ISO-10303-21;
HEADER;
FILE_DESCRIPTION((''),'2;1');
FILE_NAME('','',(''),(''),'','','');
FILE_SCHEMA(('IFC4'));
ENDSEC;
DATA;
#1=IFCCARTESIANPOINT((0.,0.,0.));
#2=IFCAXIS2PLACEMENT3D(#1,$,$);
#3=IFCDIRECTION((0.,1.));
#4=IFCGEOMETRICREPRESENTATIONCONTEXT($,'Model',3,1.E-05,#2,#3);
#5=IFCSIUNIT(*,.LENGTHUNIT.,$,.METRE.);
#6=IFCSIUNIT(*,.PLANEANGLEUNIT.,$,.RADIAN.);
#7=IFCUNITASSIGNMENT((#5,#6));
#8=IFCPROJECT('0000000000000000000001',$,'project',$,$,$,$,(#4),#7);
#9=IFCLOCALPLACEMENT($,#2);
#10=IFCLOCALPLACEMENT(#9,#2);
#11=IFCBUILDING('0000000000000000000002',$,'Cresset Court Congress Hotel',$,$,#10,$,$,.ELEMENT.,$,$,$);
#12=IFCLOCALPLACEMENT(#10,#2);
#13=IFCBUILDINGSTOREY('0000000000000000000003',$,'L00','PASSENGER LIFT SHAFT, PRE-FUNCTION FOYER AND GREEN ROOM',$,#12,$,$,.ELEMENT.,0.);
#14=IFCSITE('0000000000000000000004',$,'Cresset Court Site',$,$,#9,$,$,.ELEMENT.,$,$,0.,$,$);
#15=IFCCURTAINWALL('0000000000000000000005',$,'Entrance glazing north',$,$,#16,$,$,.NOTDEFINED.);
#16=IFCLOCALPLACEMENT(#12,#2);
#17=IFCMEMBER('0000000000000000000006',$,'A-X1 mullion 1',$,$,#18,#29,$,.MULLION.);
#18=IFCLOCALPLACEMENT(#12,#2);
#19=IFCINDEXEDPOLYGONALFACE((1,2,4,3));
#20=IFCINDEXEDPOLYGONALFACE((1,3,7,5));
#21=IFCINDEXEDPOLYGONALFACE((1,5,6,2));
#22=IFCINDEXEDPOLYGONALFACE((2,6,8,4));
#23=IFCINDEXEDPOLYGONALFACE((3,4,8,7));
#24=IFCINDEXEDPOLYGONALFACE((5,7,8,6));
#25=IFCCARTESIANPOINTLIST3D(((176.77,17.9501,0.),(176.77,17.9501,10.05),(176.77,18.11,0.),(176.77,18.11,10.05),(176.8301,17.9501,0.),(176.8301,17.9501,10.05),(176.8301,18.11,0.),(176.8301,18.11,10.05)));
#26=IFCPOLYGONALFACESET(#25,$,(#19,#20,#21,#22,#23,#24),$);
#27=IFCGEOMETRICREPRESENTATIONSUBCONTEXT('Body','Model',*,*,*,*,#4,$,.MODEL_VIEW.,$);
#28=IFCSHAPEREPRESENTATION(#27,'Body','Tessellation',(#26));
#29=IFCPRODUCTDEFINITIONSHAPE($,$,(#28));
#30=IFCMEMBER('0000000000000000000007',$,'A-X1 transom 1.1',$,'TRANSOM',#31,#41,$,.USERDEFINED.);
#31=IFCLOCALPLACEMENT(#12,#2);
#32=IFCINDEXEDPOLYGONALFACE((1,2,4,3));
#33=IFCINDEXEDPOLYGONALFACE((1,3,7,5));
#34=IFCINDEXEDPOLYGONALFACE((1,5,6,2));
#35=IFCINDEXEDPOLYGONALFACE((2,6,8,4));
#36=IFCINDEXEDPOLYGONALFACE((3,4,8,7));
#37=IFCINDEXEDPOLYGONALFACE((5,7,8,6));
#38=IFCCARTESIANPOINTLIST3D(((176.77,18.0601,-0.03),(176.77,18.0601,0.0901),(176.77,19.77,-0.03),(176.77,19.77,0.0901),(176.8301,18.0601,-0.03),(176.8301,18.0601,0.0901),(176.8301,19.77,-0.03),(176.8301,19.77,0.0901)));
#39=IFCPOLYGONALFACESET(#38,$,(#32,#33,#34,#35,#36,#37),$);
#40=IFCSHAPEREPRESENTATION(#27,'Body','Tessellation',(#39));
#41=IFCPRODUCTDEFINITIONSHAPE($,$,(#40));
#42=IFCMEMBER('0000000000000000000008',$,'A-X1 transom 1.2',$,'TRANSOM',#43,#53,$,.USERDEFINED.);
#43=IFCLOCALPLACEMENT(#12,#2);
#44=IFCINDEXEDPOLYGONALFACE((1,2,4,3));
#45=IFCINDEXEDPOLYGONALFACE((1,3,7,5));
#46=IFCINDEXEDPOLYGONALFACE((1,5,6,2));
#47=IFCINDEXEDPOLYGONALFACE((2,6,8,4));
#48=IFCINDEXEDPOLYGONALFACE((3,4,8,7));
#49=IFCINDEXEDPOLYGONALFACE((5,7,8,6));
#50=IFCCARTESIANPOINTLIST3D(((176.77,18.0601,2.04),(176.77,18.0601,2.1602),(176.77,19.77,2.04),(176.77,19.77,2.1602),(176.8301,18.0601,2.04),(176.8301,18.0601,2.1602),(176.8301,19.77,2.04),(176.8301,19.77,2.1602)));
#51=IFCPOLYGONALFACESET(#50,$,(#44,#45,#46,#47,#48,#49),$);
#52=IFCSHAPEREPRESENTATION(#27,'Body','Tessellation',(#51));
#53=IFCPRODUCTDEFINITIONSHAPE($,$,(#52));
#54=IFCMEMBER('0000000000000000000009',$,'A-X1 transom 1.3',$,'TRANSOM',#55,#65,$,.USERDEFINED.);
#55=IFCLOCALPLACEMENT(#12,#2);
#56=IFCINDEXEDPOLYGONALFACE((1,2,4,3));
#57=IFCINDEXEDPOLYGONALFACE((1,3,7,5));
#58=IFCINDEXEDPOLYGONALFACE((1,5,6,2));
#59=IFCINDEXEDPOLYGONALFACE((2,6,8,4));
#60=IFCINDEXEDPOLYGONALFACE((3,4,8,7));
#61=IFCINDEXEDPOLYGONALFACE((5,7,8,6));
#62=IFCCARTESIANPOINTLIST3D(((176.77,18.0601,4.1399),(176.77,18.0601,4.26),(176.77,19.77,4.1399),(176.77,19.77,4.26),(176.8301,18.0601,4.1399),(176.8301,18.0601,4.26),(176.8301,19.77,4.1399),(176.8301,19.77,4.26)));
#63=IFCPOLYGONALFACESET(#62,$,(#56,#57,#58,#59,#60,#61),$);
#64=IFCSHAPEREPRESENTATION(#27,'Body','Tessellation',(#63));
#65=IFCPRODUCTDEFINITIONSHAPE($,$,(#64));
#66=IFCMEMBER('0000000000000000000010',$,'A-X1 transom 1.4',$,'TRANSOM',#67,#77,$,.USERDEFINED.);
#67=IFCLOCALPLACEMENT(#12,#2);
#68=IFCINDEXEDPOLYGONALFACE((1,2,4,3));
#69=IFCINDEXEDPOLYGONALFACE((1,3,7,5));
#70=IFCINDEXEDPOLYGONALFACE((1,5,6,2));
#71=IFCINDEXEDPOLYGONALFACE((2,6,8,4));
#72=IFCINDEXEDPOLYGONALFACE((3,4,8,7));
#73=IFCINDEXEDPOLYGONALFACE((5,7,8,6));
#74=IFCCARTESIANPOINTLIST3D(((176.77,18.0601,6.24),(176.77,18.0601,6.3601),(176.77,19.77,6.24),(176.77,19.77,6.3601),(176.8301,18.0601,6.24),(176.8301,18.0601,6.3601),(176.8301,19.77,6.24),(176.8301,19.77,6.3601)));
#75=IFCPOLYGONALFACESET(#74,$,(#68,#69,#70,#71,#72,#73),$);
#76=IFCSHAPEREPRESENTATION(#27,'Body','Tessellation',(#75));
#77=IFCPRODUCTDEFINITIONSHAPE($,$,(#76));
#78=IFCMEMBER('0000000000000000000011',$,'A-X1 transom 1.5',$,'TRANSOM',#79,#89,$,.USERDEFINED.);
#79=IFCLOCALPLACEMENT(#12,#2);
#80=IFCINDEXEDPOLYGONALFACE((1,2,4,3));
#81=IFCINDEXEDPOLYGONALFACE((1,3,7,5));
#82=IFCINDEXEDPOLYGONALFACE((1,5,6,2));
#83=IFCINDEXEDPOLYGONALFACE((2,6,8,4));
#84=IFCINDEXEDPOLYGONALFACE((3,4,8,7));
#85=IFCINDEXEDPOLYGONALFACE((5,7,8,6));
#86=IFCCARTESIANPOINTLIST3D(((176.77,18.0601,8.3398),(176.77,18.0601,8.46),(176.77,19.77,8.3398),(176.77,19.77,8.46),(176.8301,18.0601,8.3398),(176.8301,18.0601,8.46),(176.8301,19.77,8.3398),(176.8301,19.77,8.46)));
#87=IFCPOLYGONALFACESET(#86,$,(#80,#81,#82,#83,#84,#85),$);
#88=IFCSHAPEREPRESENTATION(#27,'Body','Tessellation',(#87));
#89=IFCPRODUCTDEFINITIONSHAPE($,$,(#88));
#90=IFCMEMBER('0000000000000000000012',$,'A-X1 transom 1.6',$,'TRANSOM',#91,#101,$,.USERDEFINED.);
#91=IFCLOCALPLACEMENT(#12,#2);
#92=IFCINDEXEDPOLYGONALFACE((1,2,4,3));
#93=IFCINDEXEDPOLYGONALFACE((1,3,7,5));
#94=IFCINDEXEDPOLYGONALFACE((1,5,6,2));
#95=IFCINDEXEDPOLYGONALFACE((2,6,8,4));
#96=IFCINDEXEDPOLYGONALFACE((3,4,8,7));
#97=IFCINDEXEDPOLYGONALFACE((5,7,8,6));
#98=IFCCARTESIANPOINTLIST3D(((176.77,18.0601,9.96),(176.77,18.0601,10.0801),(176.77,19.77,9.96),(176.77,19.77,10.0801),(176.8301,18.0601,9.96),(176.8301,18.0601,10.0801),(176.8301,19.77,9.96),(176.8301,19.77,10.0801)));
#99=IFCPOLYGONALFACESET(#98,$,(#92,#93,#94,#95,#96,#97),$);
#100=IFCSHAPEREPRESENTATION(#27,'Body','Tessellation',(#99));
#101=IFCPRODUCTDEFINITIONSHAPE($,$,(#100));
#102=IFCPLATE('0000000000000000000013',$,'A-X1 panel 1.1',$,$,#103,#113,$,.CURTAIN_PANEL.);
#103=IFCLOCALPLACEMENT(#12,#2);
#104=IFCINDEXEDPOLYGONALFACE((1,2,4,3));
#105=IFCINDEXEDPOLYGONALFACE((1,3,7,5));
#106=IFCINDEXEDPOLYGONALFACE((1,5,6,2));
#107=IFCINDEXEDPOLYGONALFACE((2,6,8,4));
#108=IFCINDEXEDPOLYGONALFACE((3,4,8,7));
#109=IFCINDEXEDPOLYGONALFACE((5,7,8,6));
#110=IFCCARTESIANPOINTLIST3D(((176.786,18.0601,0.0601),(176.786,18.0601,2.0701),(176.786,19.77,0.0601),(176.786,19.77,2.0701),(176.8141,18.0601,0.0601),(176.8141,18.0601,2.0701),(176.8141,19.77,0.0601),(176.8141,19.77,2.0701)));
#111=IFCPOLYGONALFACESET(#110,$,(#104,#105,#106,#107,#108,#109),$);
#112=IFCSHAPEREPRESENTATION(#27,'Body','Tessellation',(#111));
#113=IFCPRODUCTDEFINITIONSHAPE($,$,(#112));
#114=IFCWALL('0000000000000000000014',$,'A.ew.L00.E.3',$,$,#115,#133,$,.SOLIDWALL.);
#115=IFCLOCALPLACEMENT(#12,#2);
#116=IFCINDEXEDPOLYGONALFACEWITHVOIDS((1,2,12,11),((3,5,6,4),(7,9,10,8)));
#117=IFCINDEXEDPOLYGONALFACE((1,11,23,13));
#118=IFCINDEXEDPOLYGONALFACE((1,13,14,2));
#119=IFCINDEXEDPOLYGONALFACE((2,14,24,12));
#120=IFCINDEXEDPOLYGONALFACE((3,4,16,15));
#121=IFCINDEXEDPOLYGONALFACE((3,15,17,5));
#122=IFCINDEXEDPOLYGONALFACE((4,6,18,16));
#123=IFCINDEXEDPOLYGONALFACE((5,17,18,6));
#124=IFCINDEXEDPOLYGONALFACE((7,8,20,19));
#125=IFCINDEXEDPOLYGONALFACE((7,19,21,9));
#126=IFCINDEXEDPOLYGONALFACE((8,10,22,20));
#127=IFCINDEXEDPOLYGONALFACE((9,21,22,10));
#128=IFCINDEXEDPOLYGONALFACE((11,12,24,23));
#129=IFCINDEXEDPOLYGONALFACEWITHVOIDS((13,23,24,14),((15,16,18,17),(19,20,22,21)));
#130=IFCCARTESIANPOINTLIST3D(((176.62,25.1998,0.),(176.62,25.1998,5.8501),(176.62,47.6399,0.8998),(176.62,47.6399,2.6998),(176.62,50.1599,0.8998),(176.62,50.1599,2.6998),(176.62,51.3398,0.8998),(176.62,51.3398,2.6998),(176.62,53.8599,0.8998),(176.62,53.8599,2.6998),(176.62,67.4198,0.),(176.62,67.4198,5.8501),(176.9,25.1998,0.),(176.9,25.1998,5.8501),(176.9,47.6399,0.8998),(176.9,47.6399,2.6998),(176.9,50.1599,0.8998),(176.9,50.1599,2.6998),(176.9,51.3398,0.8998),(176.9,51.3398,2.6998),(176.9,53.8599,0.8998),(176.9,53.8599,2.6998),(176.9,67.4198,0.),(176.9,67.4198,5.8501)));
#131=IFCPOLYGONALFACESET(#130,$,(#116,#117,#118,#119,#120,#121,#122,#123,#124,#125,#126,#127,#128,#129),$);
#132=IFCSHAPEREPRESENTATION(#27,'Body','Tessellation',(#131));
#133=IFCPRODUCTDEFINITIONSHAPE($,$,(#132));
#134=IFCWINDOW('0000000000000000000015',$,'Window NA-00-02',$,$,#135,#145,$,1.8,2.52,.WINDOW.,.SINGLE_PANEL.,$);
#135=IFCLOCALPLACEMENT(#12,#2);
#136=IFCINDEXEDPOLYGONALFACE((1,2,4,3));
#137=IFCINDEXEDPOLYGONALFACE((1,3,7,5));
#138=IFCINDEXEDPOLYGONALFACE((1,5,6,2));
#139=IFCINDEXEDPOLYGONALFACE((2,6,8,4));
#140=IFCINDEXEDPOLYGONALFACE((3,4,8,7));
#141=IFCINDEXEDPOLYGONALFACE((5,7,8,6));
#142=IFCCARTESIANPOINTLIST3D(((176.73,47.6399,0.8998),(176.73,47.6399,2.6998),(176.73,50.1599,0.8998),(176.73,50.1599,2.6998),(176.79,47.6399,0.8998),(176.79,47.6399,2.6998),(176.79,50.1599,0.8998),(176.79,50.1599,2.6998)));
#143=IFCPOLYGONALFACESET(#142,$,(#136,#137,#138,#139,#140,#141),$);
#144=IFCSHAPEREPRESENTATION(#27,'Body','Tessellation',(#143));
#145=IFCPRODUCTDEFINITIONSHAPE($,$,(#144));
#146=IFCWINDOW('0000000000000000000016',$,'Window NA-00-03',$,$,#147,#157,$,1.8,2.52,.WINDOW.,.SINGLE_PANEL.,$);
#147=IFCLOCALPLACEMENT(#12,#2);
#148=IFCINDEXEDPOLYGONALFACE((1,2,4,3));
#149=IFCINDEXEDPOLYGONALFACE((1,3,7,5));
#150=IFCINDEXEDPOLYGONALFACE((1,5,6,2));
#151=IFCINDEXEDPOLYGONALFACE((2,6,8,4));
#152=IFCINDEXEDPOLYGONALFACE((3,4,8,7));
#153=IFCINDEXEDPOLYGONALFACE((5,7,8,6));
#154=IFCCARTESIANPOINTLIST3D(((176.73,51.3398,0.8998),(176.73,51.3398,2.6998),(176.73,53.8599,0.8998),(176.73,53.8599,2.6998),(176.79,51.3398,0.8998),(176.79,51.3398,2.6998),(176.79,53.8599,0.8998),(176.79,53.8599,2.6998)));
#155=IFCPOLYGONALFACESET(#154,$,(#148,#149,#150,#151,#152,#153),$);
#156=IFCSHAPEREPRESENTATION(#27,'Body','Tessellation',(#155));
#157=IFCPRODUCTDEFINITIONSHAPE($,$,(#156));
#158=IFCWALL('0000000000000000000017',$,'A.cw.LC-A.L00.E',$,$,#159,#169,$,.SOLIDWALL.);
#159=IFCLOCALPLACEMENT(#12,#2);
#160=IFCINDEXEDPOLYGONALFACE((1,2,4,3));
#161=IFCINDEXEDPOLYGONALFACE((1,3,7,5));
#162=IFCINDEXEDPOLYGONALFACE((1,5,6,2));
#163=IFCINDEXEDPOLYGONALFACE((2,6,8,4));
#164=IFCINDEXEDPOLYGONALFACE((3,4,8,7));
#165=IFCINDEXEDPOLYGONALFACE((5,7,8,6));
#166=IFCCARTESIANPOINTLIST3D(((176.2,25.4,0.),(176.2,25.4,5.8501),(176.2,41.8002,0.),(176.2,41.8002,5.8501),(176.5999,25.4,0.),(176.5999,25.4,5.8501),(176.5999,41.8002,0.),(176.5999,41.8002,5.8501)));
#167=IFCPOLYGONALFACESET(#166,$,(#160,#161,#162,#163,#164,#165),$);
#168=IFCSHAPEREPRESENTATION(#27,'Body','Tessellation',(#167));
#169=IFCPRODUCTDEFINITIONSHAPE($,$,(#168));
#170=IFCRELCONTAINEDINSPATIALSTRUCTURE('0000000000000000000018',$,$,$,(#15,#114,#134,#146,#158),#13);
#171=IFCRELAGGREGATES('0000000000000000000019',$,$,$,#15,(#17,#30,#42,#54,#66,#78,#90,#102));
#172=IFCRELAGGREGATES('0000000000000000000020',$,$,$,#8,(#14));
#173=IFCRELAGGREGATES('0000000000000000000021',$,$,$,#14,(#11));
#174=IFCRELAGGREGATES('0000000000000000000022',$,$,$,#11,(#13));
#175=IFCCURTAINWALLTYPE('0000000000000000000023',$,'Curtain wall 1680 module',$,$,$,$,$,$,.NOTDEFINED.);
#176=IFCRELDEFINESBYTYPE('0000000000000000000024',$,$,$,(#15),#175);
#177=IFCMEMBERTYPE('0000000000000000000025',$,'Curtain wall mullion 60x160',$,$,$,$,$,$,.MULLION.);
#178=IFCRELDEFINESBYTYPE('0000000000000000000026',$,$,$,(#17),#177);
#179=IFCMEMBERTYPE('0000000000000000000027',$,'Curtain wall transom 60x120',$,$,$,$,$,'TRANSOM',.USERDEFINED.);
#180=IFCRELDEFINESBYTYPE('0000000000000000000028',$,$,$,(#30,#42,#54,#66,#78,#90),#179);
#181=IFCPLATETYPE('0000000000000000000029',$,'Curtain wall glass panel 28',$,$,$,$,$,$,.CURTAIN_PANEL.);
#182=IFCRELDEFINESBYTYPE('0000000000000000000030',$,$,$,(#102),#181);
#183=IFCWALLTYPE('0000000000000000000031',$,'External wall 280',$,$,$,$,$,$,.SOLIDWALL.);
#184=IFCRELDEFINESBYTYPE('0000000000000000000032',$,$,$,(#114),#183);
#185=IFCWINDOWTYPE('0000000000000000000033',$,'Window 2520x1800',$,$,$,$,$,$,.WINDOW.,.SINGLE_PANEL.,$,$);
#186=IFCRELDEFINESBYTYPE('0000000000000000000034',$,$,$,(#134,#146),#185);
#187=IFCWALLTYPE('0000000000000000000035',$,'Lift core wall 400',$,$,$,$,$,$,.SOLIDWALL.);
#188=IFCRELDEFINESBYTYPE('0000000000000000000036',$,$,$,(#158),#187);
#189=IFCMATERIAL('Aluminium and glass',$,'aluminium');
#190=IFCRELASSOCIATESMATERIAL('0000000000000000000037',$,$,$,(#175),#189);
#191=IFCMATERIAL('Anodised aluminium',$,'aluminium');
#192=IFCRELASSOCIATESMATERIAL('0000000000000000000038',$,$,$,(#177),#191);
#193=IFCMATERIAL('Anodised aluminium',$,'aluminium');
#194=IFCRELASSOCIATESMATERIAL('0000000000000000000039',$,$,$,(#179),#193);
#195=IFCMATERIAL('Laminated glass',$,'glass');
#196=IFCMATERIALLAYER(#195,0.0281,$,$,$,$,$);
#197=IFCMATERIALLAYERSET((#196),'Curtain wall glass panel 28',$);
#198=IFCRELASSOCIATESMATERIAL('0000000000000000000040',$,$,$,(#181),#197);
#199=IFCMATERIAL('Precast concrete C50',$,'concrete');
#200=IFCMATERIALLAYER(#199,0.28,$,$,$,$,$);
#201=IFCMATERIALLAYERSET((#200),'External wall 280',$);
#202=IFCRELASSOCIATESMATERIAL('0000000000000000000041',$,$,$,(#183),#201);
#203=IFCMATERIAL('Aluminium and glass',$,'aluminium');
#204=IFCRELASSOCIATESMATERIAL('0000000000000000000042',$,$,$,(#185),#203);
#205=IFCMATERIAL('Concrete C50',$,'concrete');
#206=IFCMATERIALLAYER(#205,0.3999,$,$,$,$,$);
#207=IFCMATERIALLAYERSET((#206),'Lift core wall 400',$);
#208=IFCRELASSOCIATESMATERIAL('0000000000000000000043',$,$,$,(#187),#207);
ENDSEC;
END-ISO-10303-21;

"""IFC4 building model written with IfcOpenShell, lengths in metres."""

from ifc_helpers import new_model, si_unit, direction, frame, frame_2d, origin, origin_2d, place, context, subcontext, project, spatial, rectangle, extrude, material, layer, layer_set, material_profile, profile_set, type_object, element, fill, aggregate, save


model = new_model("IFC4")

# Units and contexts
model_context = context("Model", 3, precision=1e-05, world=origin(), true_north=direction((0.0, 1.0)))
body_context = subcontext(model_context, "Body", "Model", "MODEL_VIEW")
ifc_project = project(units=[si_unit("LENGTHUNIT", "METRE"), si_unit("PLANEANGLEUNIT", "RADIAN")], contexts=[model_context])

# Site, building, storey
site_placement = place(None, origin())
site = spatial("IfcSite", under=ifc_project, at=site_placement, Name="Cresset Court Site", CompositionType="ELEMENT", RefElevation=0.0)
building_placement = place(site_placement, origin())
building = spatial("IfcBuilding", under=site, at=building_placement, Name="Cresset Court Congress Hotel", CompositionType="ELEMENT")
storey_placement = place(building_placement, origin())
storey = spatial("IfcBuildingStorey", under=building, at=storey_placement, Name="L00", Description="PASSENGER LIFT SHAFT, PRE-FUNCTION FOYER AND GREEN ROOM", CompositionType="ELEMENT", Elevation=0.0)

# Curtain wall, members, plate
ifc_material_1 = material(Name="Aluminium and glass", Category="aluminium")
curtain_wall_type = type_object("IfcCurtainWallType", Name="Curtain wall 1680 module", PredefinedType="NOTDEFINED", material=ifc_material_1)
curtain_wall_placement = place(storey_placement, origin())
curtain_wall = element("IfcCurtainWall", 1, at=curtain_wall_placement, inside=storey, type_object=curtain_wall_type, Name="Entrance glazing north", PredefinedType="NOTDEFINED")
ifc_material_2 = material(Name="Anodised aluminium", Category="aluminium")
ifc_material_profile_1 = material_profile(ifc_material_2, rectangle(XDim=0.0601, YDim=0.1599, at=origin_2d()), Name="AL60x160")
ifc_profile_set_1 = profile_set([ifc_material_profile_1], Name="Anodised aluminium")
member_type_1 = type_object("IfcMemberType", Name="Curtain wall mullion 60x160", PredefinedType="MULLION", material=ifc_profile_set_1)
member_1_placement = place(storey_placement, frame((176.8, 18.03, 0.0), z_axis=(0.0, 0.0, 1.0), x_axis=(-1.0, 0.0, 0.0)))
member_1 = element("IfcMember", 2, at=member_1_placement, type_object=member_type_1, Name="A-X1 mullion 1", PredefinedType="MULLION", context=body_context, shape_type="SweptSolid", body=[
    extrude(rectangle(XDim=0.0601, YDim=0.1599, at=origin_2d()), origin(), (0.0, 0.0, 1.0), 10.05),
])
ifc_material_3 = material(Name="Anodised aluminium", Category="aluminium")
ifc_material_profile_2 = material_profile(ifc_material_3, rectangle(XDim=0.0601, YDim=0.1201, at=origin_2d()), Name="AL60x120")
ifc_profile_set_2 = profile_set([ifc_material_profile_2], Name="Anodised aluminium")
member_type_2 = type_object("IfcMemberType", Name="Curtain wall transom 60x120", ElementType="TRANSOM", PredefinedType="USERDEFINED", material=ifc_profile_set_2)
member_2_placement = place(storey_placement, frame((176.8, 18.0601, 0.03), z_axis=(0.0, 1.0, 0.0), x_axis=(-1.0, 0.0, 0.0)))
member_2 = element("IfcMember", 3, at=member_2_placement, type_object=member_type_2, Name="A-X1 transom 1.1", ObjectType="TRANSOM", PredefinedType="USERDEFINED", context=body_context, shape_type="SweptSolid", body=[
    extrude(rectangle(XDim=0.0601, YDim=0.1201, at=origin_2d()), origin(), (0.0, 0.0, 1.0), 1.71),
])
member_3_placement = place(storey_placement, frame((176.8, 18.0601, 2.1001), z_axis=(0.0, 1.0, 0.0), x_axis=(-1.0, 0.0, 0.0)))
member_3 = element("IfcMember", 4, at=member_3_placement, type_object=member_type_2, Name="A-X1 transom 1.2", ObjectType="TRANSOM", PredefinedType="USERDEFINED", context=body_context, shape_type="SweptSolid", body=[
    extrude(rectangle(XDim=0.0601, YDim=0.1201, at=origin_2d()), origin(), (0.0, 0.0, 1.0), 1.71),
])
member_4_placement = place(storey_placement, frame((176.8, 18.0601, 4.2), z_axis=(0.0, 1.0, 0.0), x_axis=(-1.0, 0.0, 0.0)))
member_4 = element("IfcMember", 5, at=member_4_placement, type_object=member_type_2, Name="A-X1 transom 1.3", ObjectType="TRANSOM", PredefinedType="USERDEFINED", context=body_context, shape_type="SweptSolid", body=[
    extrude(rectangle(XDim=0.0601, YDim=0.1201, at=origin_2d()), origin(), (0.0, 0.0, 1.0), 1.71),
])
member_5_placement = place(storey_placement, frame((176.8, 18.0601, 6.3), z_axis=(0.0, 1.0, 0.0), x_axis=(-1.0, 0.0, 0.0)))
member_5 = element("IfcMember", 6, at=member_5_placement, type_object=member_type_2, Name="A-X1 transom 1.4", ObjectType="TRANSOM", PredefinedType="USERDEFINED", context=body_context, shape_type="SweptSolid", body=[
    extrude(rectangle(XDim=0.0601, YDim=0.1201, at=origin_2d()), origin(), (0.0, 0.0, 1.0), 1.71),
])
member_6_placement = place(storey_placement, frame((176.8, 18.0601, 8.3999), z_axis=(0.0, 1.0, 0.0), x_axis=(-1.0, 0.0, 0.0)))
member_6 = element("IfcMember", 7, at=member_6_placement, type_object=member_type_2, Name="A-X1 transom 1.5", ObjectType="TRANSOM", PredefinedType="USERDEFINED", context=body_context, shape_type="SweptSolid", body=[
    extrude(rectangle(XDim=0.0601, YDim=0.1201, at=origin_2d()), origin(), (0.0, 0.0, 1.0), 1.71),
])
member_7_placement = place(storey_placement, frame((176.8, 18.0601, 10.02), z_axis=(0.0, 1.0, 0.0), x_axis=(-1.0, 0.0, 0.0)))
member_7 = element("IfcMember", 8, at=member_7_placement, type_object=member_type_2, Name="A-X1 transom 1.6", ObjectType="TRANSOM", PredefinedType="USERDEFINED", context=body_context, shape_type="SweptSolid", body=[
    extrude(rectangle(XDim=0.0601, YDim=0.1201, at=origin_2d()), origin(), (0.0, 0.0, 1.0), 1.71),
])
ifc_material_4 = material(Name="Laminated glass", Category="glass")
ifc_layer_1 = layer(ifc_material_4, 0.0281)
ifc_layer_set_1 = layer_set([ifc_layer_1], Name="Curtain wall glass panel 28")
plate_type = type_object("IfcPlateType", Name="Curtain wall glass panel 28", PredefinedType="CURTAIN_PANEL", material=ifc_layer_set_1)
plate_placement = place(storey_placement, frame((176.8, 18.915, 0.0601), z_axis=(0.0, 0.0, 1.0), x_axis=(0.0, 1.0, 0.0)))
plate = element("IfcPlate", 9, at=plate_placement, type_object=plate_type, Name="A-X1 panel 1.1", PredefinedType="CURTAIN_PANEL", context=body_context, shape_type="SweptSolid", body=[
    extrude(rectangle(XDim=1.71, YDim=0.0281, at=origin_2d()), origin(), (0.0, 0.0, 1.0), 2.01),
])
aggregate(curtain_wall, [member_1, member_2, member_3, member_4, member_5, member_6, member_7, plate])

# Wall, openings, windows
ifc_material_5 = material(Name="Precast concrete C50", Category="concrete")
ifc_layer_2 = layer(ifc_material_5, 0.28)
ifc_layer_set_2 = layer_set([ifc_layer_2], Name="External wall 280")
wall_type_1 = type_object("IfcWallType", Name="External wall 280", PredefinedType="SOLIDWALL", material=ifc_layer_set_2)
wall_1_placement = place(storey_placement, frame((176.76, 25.2, 0.0), z_axis=(0.0, 0.0, 1.0), x_axis=(0.0, 1.0, 0.0)))
wall_1 = element("IfcWall", 10, at=wall_1_placement, inside=storey, type_object=wall_type_1, Name="A.ew.L00.E.3", PredefinedType="SOLIDWALL", context=body_context, shape_type="SweptSolid", body=[
    extrude(rectangle(XDim=42.22, YDim=0.28, at=frame_2d((21.1099, 0.0))), origin(), (0.0, 0.0, 1.0), 5.8501),
])
opening_1_placement = place(wall_1_placement, frame((22.4399, 0.0, 0.8999)))
opening_1 = element("IfcOpeningElement", 11, at=opening_1_placement, cuts=wall_1, PredefinedType="OPENING", context=body_context, shape_type="SweptSolid", body=[
    extrude(rectangle(XDim=2.52, YDim=1.8, at=frame_2d((1.26, 0.8999))), frame((0.0, 0.1499, 0.0), z_axis=(0.0, -1.0, 0.0), x_axis=(1.0, 0.0, 0.0)), (0.0, 0.0, 1.0), 0.3),
])
opening_2_placement = place(wall_1_placement, frame((26.1399, 0.0, 0.8999)))
opening_2 = element("IfcOpeningElement", 12, at=opening_2_placement, cuts=wall_1, PredefinedType="OPENING", context=body_context, shape_type="SweptSolid", body=[
    extrude(rectangle(XDim=2.52, YDim=1.8, at=frame_2d((1.26, 0.8999))), frame((0.0, 0.1499, 0.0), z_axis=(0.0, -1.0, 0.0), x_axis=(1.0, 0.0, 0.0)), (0.0, 0.0, 1.0), 0.3),
])
ifc_material_6 = material(Name="Aluminium and glass", Category="aluminium")
window_type = type_object("IfcWindowType", Name="Window 2520x1800", PartitioningType="SINGLE_PANEL", PredefinedType="WINDOW", material=ifc_material_6)
window_1_placement = place(opening_1_placement, origin())
window_1 = element("IfcWindow", 13, at=window_1_placement, inside=storey, type_object=window_type, Name="Window NA-00-02", OverallHeight=1.8, OverallWidth=2.52, PartitioningType="SINGLE_PANEL", PredefinedType="WINDOW", context=body_context, shape_type="SweptSolid", body=[
    extrude(rectangle(XDim=2.52, YDim=1.8, at=frame_2d((1.26, 0.8999))), frame((0.0, 0.03, 0.0), z_axis=(0.0, -1.0, 0.0), x_axis=(1.0, 0.0, 0.0)), (0.0, 0.0, 1.0), 0.0601),
])
fill(opening_1, window_1)
window_2_placement = place(opening_2_placement, origin())
window_2 = element("IfcWindow", 14, at=window_2_placement, inside=storey, type_object=window_type, Name="Window NA-00-03", OverallHeight=1.8, OverallWidth=2.52, PartitioningType="SINGLE_PANEL", PredefinedType="WINDOW", context=body_context, shape_type="SweptSolid", body=[
    extrude(rectangle(XDim=2.52, YDim=1.8, at=frame_2d((1.26, 0.8999))), frame((0.0, 0.03, 0.0), z_axis=(0.0, -1.0, 0.0), x_axis=(1.0, 0.0, 0.0)), (0.0, 0.0, 1.0), 0.0601),
])
fill(opening_2, window_2)

# Wall
ifc_material_7 = material(Name="Concrete C50", Category="concrete")
ifc_layer_3 = layer(ifc_material_7, 0.3999)
ifc_layer_set_3 = layer_set([ifc_layer_3], Name="Lift core wall 400")
wall_type_2 = type_object("IfcWallType", Name="Lift core wall 400", PredefinedType="SOLIDWALL", material=ifc_layer_set_3)
wall_2_placement = place(storey_placement, frame((176.3999, 25.3999, 0.0), z_axis=(0.0, 0.0, 1.0), x_axis=(0.0, 1.0, 0.0)))
element("IfcWall", 15, at=wall_2_placement, inside=storey, type_object=wall_type_2, Name="A.cw.LC-A.L00.E", PredefinedType="SOLIDWALL", context=body_context, shape_type="SweptSolid", body=[
    extrude(rectangle(XDim=16.4001, YDim=0.3999, at=frame_2d((8.2002, 0.0))), origin(), (0.0, 0.0, 1.0), 5.8501),
])

save(model, "model.ifc")
